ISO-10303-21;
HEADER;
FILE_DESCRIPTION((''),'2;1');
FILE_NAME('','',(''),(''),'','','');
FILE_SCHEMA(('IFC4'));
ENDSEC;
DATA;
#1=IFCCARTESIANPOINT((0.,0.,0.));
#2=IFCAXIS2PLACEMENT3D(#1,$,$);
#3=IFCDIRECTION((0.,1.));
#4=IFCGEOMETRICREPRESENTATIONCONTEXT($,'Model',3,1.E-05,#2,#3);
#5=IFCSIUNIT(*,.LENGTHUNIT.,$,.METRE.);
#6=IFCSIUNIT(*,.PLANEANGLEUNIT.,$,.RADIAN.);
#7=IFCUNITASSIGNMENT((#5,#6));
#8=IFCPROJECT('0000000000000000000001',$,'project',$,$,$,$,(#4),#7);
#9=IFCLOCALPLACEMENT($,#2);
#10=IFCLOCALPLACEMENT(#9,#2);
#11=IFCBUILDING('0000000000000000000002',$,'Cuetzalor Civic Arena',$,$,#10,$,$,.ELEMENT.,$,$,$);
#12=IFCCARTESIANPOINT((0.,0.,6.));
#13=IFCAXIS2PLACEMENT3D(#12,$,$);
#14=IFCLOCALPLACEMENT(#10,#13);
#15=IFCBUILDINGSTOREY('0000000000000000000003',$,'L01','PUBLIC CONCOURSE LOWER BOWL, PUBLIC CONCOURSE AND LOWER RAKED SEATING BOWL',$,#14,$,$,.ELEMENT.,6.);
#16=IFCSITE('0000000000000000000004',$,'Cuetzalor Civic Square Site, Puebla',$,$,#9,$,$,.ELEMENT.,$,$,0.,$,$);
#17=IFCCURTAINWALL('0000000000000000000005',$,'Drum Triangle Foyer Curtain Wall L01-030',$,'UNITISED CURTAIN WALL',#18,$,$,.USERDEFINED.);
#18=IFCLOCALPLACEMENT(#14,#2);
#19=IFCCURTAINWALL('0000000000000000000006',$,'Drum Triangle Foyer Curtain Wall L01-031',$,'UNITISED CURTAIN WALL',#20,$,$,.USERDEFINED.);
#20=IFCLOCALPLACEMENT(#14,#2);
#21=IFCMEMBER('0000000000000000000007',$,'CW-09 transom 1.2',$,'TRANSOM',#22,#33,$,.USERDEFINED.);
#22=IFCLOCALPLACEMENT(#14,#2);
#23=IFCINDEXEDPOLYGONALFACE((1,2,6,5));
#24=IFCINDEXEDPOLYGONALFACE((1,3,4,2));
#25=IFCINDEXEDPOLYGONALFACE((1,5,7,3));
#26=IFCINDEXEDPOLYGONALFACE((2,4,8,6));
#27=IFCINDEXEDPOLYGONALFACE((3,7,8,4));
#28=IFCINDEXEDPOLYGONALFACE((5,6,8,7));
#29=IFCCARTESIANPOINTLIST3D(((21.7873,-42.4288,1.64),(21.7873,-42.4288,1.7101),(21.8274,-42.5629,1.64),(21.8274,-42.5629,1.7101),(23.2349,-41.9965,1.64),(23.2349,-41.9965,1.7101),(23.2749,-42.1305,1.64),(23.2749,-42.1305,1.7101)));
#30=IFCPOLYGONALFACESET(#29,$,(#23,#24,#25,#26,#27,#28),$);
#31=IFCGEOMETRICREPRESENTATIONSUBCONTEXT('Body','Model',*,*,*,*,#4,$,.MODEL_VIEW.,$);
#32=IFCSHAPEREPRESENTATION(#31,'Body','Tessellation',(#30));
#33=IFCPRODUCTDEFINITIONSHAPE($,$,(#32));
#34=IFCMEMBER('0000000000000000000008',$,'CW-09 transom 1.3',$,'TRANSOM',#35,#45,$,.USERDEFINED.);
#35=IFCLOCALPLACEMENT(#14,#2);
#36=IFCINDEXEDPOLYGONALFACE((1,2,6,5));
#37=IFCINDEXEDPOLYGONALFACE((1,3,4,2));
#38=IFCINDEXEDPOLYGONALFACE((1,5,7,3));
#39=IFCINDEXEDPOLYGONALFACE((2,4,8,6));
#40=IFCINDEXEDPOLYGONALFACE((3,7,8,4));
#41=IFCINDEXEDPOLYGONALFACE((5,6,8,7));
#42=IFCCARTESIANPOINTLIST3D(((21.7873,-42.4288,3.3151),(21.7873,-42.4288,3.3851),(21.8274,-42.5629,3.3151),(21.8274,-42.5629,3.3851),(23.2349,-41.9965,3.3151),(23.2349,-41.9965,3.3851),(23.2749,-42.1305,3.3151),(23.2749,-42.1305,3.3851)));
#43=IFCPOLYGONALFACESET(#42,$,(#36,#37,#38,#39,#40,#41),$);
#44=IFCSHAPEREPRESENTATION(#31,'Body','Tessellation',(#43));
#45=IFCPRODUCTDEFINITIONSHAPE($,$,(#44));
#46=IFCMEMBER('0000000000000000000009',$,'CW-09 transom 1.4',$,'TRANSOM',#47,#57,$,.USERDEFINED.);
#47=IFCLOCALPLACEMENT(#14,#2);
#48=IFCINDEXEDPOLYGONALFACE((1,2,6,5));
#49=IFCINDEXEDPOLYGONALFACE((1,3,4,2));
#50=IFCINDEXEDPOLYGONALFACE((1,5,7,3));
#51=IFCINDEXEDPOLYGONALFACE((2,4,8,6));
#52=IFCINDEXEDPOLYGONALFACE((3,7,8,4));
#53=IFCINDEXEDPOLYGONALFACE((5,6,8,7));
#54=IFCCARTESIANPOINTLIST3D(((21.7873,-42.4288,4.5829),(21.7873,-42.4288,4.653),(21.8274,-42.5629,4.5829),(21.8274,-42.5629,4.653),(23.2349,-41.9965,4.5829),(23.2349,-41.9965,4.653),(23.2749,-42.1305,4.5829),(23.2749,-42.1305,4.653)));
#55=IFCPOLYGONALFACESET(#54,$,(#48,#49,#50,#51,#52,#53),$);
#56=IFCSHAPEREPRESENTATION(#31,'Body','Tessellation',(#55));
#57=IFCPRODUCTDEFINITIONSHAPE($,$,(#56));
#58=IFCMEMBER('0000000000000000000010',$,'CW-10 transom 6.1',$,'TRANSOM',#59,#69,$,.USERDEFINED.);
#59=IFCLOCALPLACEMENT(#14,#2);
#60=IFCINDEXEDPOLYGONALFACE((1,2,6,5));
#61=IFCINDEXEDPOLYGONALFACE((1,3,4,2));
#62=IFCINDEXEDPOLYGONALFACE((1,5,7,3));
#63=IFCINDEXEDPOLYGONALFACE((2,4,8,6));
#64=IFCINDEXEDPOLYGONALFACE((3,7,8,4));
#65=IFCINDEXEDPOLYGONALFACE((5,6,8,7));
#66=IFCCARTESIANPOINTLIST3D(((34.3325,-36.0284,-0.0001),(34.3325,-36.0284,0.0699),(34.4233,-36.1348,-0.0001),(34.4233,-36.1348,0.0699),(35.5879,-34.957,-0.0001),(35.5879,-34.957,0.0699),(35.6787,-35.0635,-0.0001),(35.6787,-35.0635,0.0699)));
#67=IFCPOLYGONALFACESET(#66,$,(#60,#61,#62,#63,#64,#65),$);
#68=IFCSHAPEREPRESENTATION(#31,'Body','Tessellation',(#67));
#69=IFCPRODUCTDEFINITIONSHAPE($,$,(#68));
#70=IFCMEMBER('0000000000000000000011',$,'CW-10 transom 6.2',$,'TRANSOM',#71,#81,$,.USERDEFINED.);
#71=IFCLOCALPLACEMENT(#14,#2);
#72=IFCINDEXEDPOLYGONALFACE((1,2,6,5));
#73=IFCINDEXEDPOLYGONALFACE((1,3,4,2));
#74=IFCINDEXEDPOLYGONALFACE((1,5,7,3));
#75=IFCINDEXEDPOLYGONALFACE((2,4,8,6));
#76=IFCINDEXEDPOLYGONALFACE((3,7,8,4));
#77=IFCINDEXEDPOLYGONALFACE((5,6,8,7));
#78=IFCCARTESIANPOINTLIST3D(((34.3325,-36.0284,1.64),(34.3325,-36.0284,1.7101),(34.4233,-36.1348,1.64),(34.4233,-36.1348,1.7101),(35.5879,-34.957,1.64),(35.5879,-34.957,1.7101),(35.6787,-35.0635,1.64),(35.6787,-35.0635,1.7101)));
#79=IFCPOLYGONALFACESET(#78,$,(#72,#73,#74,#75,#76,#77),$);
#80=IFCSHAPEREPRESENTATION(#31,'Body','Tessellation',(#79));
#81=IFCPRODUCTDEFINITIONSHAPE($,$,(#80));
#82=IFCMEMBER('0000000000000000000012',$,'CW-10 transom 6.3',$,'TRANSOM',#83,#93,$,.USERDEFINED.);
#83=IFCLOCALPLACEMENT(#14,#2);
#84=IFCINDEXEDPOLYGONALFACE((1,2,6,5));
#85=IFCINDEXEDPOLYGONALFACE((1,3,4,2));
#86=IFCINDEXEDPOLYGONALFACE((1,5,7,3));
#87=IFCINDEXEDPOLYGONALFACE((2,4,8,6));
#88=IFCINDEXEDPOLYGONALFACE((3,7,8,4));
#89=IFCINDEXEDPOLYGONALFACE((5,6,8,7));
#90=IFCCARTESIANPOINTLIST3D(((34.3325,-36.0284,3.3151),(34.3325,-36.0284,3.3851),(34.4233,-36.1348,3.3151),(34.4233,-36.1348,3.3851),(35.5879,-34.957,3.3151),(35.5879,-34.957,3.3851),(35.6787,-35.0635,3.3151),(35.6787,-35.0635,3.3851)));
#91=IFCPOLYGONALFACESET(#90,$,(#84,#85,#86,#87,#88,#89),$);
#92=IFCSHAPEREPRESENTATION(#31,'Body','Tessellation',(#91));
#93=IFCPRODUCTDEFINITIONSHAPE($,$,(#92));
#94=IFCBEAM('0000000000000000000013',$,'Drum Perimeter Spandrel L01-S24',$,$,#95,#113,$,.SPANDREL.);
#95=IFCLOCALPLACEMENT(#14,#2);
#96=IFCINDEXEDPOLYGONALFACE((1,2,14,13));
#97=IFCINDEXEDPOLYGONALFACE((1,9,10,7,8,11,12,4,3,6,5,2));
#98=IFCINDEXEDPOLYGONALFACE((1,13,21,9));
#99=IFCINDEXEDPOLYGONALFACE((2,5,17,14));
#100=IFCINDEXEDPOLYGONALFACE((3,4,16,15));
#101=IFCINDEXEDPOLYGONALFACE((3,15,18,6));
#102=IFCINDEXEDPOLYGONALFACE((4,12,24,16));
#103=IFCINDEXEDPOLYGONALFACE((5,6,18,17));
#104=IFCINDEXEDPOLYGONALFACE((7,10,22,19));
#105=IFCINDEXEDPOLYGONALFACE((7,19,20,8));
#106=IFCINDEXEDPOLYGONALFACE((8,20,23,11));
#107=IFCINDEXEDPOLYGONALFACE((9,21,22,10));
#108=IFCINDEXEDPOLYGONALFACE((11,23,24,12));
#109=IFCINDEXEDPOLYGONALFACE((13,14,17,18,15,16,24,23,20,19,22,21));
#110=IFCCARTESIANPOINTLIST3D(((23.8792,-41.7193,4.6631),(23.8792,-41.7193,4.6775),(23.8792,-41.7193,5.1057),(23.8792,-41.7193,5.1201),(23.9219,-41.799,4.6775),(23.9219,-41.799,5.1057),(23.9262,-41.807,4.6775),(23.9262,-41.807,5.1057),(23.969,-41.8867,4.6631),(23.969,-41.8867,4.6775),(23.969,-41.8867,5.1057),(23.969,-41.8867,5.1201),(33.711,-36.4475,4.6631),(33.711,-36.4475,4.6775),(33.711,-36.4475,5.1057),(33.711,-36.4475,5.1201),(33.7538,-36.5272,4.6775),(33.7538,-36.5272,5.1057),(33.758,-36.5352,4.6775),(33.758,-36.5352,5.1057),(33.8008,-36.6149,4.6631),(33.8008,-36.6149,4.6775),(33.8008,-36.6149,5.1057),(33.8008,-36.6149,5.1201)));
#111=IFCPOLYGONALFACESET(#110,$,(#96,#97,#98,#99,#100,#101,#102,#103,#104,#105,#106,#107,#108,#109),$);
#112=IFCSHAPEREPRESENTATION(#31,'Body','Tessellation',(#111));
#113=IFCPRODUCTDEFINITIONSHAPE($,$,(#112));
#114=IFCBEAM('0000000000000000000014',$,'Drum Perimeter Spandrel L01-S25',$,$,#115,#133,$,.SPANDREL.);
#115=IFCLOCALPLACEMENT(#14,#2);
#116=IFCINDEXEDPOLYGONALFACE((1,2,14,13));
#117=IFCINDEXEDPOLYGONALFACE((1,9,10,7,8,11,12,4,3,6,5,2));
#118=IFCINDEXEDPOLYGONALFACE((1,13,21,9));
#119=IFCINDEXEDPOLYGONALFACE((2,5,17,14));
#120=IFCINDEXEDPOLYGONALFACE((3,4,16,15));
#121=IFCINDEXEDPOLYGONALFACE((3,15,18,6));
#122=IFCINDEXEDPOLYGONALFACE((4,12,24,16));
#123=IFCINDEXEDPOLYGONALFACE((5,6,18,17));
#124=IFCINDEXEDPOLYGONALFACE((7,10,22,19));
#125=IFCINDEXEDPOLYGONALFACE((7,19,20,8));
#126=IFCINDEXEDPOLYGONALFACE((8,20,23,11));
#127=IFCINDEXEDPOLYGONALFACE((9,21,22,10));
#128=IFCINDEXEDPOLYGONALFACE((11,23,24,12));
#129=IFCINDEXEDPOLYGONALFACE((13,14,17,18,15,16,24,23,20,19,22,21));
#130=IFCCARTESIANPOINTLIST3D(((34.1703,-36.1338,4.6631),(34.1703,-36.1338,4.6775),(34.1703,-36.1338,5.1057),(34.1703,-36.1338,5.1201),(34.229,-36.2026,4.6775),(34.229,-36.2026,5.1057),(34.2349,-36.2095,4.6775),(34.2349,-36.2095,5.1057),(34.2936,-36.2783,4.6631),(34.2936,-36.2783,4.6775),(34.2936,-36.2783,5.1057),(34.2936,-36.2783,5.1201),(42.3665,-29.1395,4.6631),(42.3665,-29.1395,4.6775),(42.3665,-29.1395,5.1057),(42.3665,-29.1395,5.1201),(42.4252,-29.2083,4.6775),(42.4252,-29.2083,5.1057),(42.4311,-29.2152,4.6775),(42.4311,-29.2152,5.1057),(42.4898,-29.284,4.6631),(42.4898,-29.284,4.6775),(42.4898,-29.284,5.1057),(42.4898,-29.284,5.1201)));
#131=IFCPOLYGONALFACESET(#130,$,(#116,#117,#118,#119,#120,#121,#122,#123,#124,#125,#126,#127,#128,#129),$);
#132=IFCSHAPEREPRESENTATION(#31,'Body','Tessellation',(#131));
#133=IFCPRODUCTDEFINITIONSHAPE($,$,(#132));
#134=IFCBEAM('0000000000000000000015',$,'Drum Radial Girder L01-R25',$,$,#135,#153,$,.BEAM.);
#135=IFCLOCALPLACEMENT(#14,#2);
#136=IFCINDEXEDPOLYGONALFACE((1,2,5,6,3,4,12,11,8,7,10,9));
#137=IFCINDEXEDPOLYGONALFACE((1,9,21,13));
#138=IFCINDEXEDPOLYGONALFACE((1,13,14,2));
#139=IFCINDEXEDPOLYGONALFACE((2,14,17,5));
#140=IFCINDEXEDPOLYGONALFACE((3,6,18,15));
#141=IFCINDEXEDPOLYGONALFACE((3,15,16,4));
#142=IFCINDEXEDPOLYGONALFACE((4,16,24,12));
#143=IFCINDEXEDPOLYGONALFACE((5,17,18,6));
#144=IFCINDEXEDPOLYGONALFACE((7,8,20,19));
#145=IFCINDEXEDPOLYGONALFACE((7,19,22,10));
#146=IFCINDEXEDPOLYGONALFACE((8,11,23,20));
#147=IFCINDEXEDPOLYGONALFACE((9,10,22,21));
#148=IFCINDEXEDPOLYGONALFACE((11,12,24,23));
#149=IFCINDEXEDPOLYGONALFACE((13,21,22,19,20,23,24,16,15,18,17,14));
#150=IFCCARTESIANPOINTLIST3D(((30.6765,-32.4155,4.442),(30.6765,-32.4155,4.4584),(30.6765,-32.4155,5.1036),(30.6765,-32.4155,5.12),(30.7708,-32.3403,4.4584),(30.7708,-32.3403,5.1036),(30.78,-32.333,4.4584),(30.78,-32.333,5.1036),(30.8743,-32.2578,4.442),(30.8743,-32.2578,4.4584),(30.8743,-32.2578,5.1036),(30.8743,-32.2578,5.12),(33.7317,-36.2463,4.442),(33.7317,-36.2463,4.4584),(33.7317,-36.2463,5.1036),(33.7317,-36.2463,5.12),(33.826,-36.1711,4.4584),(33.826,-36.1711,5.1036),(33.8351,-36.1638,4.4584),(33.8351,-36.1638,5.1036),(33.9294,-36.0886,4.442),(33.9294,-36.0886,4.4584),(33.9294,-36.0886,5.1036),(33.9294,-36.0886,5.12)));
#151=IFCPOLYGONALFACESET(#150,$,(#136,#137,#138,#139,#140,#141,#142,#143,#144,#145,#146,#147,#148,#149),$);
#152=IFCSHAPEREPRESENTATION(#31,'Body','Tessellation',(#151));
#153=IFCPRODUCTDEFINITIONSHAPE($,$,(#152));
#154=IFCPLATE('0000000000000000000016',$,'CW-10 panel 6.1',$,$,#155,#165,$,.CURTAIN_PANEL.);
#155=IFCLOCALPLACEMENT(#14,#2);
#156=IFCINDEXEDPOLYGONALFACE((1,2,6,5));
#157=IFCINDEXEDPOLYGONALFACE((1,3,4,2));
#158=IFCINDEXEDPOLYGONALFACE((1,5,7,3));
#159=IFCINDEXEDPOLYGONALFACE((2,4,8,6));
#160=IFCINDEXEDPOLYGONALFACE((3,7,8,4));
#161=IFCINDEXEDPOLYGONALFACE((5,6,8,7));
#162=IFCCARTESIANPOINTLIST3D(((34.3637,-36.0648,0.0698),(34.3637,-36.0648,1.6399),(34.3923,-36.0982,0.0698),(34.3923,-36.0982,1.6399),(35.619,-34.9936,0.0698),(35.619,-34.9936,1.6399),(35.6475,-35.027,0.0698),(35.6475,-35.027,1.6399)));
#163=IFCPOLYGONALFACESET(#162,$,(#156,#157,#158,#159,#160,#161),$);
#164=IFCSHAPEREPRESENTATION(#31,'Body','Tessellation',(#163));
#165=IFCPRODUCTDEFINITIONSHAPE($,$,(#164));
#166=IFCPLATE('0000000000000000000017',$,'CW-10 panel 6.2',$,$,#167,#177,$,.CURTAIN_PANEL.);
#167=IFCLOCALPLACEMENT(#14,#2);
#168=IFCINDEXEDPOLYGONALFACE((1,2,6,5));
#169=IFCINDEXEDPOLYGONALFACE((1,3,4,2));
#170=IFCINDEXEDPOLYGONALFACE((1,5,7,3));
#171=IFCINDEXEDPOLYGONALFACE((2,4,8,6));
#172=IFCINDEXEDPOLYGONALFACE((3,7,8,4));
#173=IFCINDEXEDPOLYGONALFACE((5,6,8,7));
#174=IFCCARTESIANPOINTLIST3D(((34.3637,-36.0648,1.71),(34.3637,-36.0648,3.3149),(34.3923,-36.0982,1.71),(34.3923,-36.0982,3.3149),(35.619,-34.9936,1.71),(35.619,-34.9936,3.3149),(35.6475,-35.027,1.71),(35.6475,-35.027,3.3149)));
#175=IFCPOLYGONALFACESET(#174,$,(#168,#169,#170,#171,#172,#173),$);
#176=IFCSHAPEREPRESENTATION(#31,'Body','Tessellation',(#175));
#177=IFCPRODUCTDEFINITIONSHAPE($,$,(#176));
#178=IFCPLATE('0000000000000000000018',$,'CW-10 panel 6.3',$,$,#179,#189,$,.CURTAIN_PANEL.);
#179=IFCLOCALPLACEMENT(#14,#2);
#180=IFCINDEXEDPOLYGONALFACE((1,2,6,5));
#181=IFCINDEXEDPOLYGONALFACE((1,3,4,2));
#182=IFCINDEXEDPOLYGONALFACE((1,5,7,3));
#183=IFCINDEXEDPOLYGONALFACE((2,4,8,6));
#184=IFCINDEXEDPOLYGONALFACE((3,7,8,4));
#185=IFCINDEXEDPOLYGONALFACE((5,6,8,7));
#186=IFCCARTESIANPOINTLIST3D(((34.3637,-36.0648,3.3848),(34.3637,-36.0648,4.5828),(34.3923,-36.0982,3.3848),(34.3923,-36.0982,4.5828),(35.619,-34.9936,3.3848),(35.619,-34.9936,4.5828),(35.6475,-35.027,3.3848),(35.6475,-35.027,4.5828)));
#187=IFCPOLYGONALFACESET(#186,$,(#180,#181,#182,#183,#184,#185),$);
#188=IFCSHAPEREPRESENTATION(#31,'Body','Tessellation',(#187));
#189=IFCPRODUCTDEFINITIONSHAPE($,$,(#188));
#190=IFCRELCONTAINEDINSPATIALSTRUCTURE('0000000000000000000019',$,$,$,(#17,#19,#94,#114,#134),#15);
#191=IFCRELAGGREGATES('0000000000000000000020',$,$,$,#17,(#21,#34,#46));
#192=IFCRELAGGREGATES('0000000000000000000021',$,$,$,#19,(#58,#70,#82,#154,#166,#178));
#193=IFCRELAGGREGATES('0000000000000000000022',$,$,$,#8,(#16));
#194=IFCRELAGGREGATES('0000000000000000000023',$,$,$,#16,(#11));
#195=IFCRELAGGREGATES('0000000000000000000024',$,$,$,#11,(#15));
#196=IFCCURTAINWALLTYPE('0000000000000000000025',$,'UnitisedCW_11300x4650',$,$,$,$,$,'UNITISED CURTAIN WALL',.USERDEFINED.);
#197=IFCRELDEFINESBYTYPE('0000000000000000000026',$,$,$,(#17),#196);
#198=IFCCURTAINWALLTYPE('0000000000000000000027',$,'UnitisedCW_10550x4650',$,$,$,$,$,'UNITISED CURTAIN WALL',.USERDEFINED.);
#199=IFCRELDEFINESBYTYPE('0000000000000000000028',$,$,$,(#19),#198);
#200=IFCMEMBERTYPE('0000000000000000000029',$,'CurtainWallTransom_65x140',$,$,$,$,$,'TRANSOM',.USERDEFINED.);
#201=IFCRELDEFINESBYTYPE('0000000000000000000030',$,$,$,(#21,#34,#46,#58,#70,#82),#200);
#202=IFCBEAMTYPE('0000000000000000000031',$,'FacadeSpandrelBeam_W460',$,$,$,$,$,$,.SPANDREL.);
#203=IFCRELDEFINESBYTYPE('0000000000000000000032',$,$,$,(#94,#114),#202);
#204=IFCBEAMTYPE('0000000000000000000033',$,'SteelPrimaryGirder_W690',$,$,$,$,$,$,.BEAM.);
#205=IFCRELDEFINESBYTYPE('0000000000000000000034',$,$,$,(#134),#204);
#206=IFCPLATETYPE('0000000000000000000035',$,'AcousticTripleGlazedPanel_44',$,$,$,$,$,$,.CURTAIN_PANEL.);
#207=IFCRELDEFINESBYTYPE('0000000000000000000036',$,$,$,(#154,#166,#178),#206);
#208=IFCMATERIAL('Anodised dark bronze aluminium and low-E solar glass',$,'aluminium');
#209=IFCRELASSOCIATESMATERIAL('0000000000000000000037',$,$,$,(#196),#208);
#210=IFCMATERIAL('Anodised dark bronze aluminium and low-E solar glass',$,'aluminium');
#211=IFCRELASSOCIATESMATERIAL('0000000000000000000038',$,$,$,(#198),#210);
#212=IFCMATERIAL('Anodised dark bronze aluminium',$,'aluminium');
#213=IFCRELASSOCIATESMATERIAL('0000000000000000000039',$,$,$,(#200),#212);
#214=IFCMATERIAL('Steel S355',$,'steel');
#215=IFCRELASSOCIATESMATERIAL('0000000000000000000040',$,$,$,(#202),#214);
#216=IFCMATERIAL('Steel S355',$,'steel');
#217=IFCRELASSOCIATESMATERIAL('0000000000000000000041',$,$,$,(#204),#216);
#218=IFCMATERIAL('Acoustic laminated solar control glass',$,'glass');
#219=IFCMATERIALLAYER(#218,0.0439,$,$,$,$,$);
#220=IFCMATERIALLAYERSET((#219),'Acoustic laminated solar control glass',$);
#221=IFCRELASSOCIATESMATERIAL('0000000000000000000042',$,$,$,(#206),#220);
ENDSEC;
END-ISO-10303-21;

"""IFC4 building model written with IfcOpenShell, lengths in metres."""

from ifc_helpers import new_model, si_unit, direction, frame, origin, origin_2d, place, context, subcontext, project, spatial, rectangle, i_section, extrude, material, layer, layer_set, material_profile, profile_set, type_object, element, aggregate, save


model = new_model("IFC4")

# Units and contexts
model_context = context("Model", 3, precision=1e-05, world=origin(), true_north=direction((0.0, 1.0)))
body_context = subcontext(model_context, "Body", "Model", "MODEL_VIEW")
ifc_project = project(units=[si_unit("LENGTHUNIT", "METRE"), si_unit("PLANEANGLEUNIT", "RADIAN")], contexts=[model_context])

# Site, building, storey
site_placement = place(None, origin())
site = spatial("IfcSite", under=ifc_project, at=site_placement, Name="Cuetzalor Civic Square Site, Puebla", CompositionType="ELEMENT", RefElevation=0.0)
building_placement = place(site_placement, origin())
building = spatial("IfcBuilding", under=site, at=building_placement, Name="Cuetzalor Civic Arena", CompositionType="ELEMENT")
storey_placement = place(building_placement, frame((0.0, 0.0, 6.0)))
storey = spatial("IfcBuildingStorey", under=building, at=storey_placement, Name="L01", Description="PUBLIC CONCOURSE LOWER BOWL, PUBLIC CONCOURSE AND LOWER RAKED SEATING BOWL", CompositionType="ELEMENT", Elevation=6.0)

# Curtain walls
ifc_material_1 = material(Name="Anodised dark bronze aluminium and low-E solar glass", Category="aluminium")
curtain_wall_type_1 = type_object("IfcCurtainWallType", Name="UnitisedCW_11300x4650", ElementType="UNITISED CURTAIN WALL", PredefinedType="USERDEFINED", material=ifc_material_1)
curtain_wall_1_placement = place(storey_placement, origin())
curtain_wall_1 = element("IfcCurtainWall", 1, at=curtain_wall_1_placement, inside=storey, type_object=curtain_wall_type_1, Name="Drum Triangle Foyer Curtain Wall L01-030", ObjectType="UNITISED CURTAIN WALL", PredefinedType="USERDEFINED")
ifc_material_2 = material(Name="Anodised dark bronze aluminium and low-E solar glass", Category="aluminium")
curtain_wall_type_2 = type_object("IfcCurtainWallType", Name="UnitisedCW_10550x4650", ElementType="UNITISED CURTAIN WALL", PredefinedType="USERDEFINED", material=ifc_material_2)
curtain_wall_2_placement = place(storey_placement, origin())
curtain_wall_2 = element("IfcCurtainWall", 2, at=curtain_wall_2_placement, inside=storey, type_object=curtain_wall_type_2, Name="Drum Triangle Foyer Curtain Wall L01-031", ObjectType="UNITISED CURTAIN WALL", PredefinedType="USERDEFINED")

# Members
ifc_material_3 = material(Name="Anodised dark bronze aluminium", Category="aluminium")
ifc_material_profile_1 = material_profile(ifc_material_3, rectangle(XDim=0.1399, YDim=0.0701, at=origin_2d()), Name="ALU TRANSOM 70x140")
ifc_profile_set_1 = profile_set([ifc_material_profile_1], Name="Anodised dark bronze aluminium")
member_type_1 = type_object("IfcMemberType", Name="CurtainWallTransom_65x140", ElementType="TRANSOM", PredefinedType="USERDEFINED", material=ifc_profile_set_1)
member_1_placement = place(storey_placement, frame((23.2549, -42.0635, 1.675), z_axis=(-0.958168, -0.286206, 0.0), x_axis=(0.286206, -0.958168, 0.0)))
member_1 = element("IfcMember", 3, at=member_1_placement, type_object=member_type_1, Name="CW-09 transom 1.2", ObjectType="TRANSOM", PredefinedType="USERDEFINED", context=body_context, shape_type="SweptSolid", body=[
    extrude(rectangle(XDim=0.1399, YDim=0.0701, at=origin_2d()), origin(), (0.0, 0.0, 1.0), 1.5107),
])
member_2_placement = place(storey_placement, frame((23.2549, -42.0635, 3.3501), z_axis=(-0.958168, -0.286206, 0.0), x_axis=(0.286206, -0.958168, 0.0)))
member_2 = element("IfcMember", 4, at=member_2_placement, type_object=member_type_1, Name="CW-09 transom 1.3", ObjectType="TRANSOM", PredefinedType="USERDEFINED", context=body_context, shape_type="SweptSolid", body=[
    extrude(rectangle(XDim=0.1399, YDim=0.0701, at=origin_2d()), origin(), (0.0, 0.0, 1.0), 1.5107),
])
member_3_placement = place(storey_placement, frame((23.2549, -42.0635, 4.6179), z_axis=(-0.958168, -0.286206, 0.0), x_axis=(0.286206, -0.958168, 0.0)))
member_3 = element("IfcMember", 5, at=member_3_placement, type_object=member_type_1, Name="CW-09 transom 1.4", ObjectType="TRANSOM", PredefinedType="USERDEFINED", context=body_context, shape_type="SweptSolid", body=[
    extrude(rectangle(XDim=0.1399, YDim=0.0701, at=origin_2d()), origin(), (0.0, 0.0, 1.0), 1.5107),
])
aggregate(curtain_wall_1, [member_1, member_2, member_3])
member_4_placement = place(storey_placement, frame((35.6333, -35.0103, 0.0349), z_axis=(-0.760675, -0.649133, 0.0), x_axis=(0.649133, -0.760675, 0.0)))
member_4 = element("IfcMember", 6, at=member_4_placement, type_object=member_type_1, Name="CW-10 transom 6.1", ObjectType="TRANSOM", PredefinedType="USERDEFINED", context=body_context, shape_type="SweptSolid", body=[
    extrude(rectangle(XDim=0.1399, YDim=0.0701, at=origin_2d()), origin(), (0.0, 0.0, 1.0), 1.6504),
])
member_5_placement = place(storey_placement, frame((35.6333, -35.0103, 1.675), z_axis=(-0.760675, -0.649133, 0.0), x_axis=(0.649133, -0.760675, 0.0)))
member_5 = element("IfcMember", 7, at=member_5_placement, type_object=member_type_1, Name="CW-10 transom 6.2", ObjectType="TRANSOM", PredefinedType="USERDEFINED", context=body_context, shape_type="SweptSolid", body=[
    extrude(rectangle(XDim=0.1399, YDim=0.0701, at=origin_2d()), origin(), (0.0, 0.0, 1.0), 1.6504),
])
member_6_placement = place(storey_placement, frame((35.6333, -35.0103, 3.3501), z_axis=(-0.760675, -0.649133, 0.0), x_axis=(0.649133, -0.760675, 0.0)))
member_6 = element("IfcMember", 8, at=member_6_placement, type_object=member_type_1, Name="CW-10 transom 6.3", ObjectType="TRANSOM", PredefinedType="USERDEFINED", context=body_context, shape_type="SweptSolid", body=[
    extrude(rectangle(XDim=0.1399, YDim=0.0701, at=origin_2d()), origin(), (0.0, 0.0, 1.0), 1.6504),
])

# Beams
ifc_material_4 = material(Name="Steel S355", Category="steel")
ifc_material_profile_2 = material_profile(ifc_material_4, i_section(OverallWidth=0.1899, OverallDepth=0.457, WebThickness=0.009, FlangeThickness=0.0144, at=origin_2d()), Name="W460x74")
ifc_profile_set_2 = profile_set([ifc_material_profile_2], Name="Steel S355")
beam_type_1 = type_object("IfcBeamType", Name="FacadeSpandrelBeam_W460", PredefinedType="SPANDREL", material=ifc_profile_set_2)
beam_1_placement = place(storey_placement, frame((23.9241, -41.803, 4.8916), z_axis=(0.881305, 0.472549, 0.0), x_axis=(-0.472549, 0.881305, 0.0)))
element("IfcBeam", 9, at=beam_1_placement, inside=storey, type_object=beam_type_1, Name="Drum Perimeter Spandrel L01-S24", PredefinedType="SPANDREL", context=body_context, shape_type="SweptSolid", body=[
    extrude(i_section(OverallWidth=0.1899, OverallDepth=0.457, WebThickness=0.009, FlangeThickness=0.0144, at=origin_2d()), origin(), (0.0, 0.0, 1.0), 11.156),
])
beam_2_placement = place(storey_placement, frame((34.2319, -36.2061, 4.8916), z_axis=(0.760677, 0.649131, 0.0), x_axis=(-0.649131, 0.760677, 0.0)))
element("IfcBeam", 10, at=beam_2_placement, inside=storey, type_object=beam_type_1, Name="Drum Perimeter Spandrel L01-S25", PredefinedType="SPANDREL", context=body_context, shape_type="SweptSolid", body=[
    extrude(i_section(OverallWidth=0.1899, OverallDepth=0.457, WebThickness=0.009, FlangeThickness=0.0144, at=origin_2d()), origin(), (0.0, 0.0, 1.0), 10.7749),
])
ifc_material_5 = material(Name="Steel S355", Category="steel")
ifc_material_profile_3 = material_profile(ifc_material_5, i_section(OverallWidth=0.2529, OverallDepth=0.678, WebThickness=0.0117, FlangeThickness=0.0164, at=origin_2d()), Name="W690x125")
ifc_profile_set_3 = profile_set([ifc_material_profile_3], Name="Steel S355")
beam_type_2 = type_object("IfcBeamType", Name="SteelPrimaryGirder_W690", PredefinedType="BEAM", material=ifc_profile_set_3)
beam_3_placement = place(storey_placement, frame((30.7754, -32.3367, 4.781), z_axis=(0.623516, -0.781811, 0.0), x_axis=(0.781811, 0.623516, 0.0)))
element("IfcBeam", 11, at=beam_3_placement, inside=storey, type_object=beam_type_2, Name="Drum Radial Girder L01-R25", PredefinedType="BEAM", context=body_context, shape_type="SweptSolid", body=[
    extrude(i_section(OverallWidth=0.2529, OverallDepth=0.678, WebThickness=0.0117, FlangeThickness=0.0164, at=origin_2d()), origin(), (0.0, 0.0, 1.0), 4.8999),
])

# Plates
ifc_material_6 = material(Name="Acoustic laminated solar control glass", Category="glass")
ifc_layer_1 = layer(ifc_material_6, 0.0439)
ifc_layer_set_1 = layer_set([ifc_layer_1], Name="Acoustic laminated solar control glass")
plate_type = type_object("IfcPlateType", Name="AcousticTripleGlazedPanel_44", PredefinedType="CURTAIN_PANEL", material=ifc_layer_set_1)
plate_1_placement = place(storey_placement, frame((35.0056, -35.5459, 0.0698), z_axis=(0.0, 0.0, 1.0), x_axis=(-0.760677, -0.64913, 0.0)))
plate_1 = element("IfcPlate", 12, at=plate_1_placement, type_object=plate_type, Name="CW-10 panel 6.1", PredefinedType="CURTAIN_PANEL", context=body_context, shape_type="SweptSolid", body=[
    extrude(rectangle(XDim=1.6501, YDim=0.0439, at=origin_2d()), origin(), (0.0, 0.0, 1.0), 1.5701),
])
plate_2_placement = place(storey_placement, frame((35.0056, -35.5459, 1.71), z_axis=(0.0, 0.0, 1.0), x_axis=(-0.760677, -0.64913, 0.0)))
plate_2 = element("IfcPlate", 13, at=plate_2_placement, type_object=plate_type, Name="CW-10 panel 6.2", PredefinedType="CURTAIN_PANEL", context=body_context, shape_type="SweptSolid", body=[
    extrude(rectangle(XDim=1.6501, YDim=0.0439, at=origin_2d()), origin(), (0.0, 0.0, 1.0), 1.605),
])
plate_3_placement = place(storey_placement, frame((35.0056, -35.5459, 3.3848), z_axis=(0.0, 0.0, 1.0), x_axis=(-0.760677, -0.64913, 0.0)))
plate_3 = element("IfcPlate", 14, at=plate_3_placement, type_object=plate_type, Name="CW-10 panel 6.3", PredefinedType="CURTAIN_PANEL", context=body_context, shape_type="SweptSolid", body=[
    extrude(rectangle(XDim=1.6501, YDim=0.0439, at=origin_2d()), origin(), (0.0, 0.0, 1.0), 1.198),
])
aggregate(curtain_wall_2, [member_4, member_5, member_6, plate_1, plate_2, plate_3])

save(model, "model.ifc")
